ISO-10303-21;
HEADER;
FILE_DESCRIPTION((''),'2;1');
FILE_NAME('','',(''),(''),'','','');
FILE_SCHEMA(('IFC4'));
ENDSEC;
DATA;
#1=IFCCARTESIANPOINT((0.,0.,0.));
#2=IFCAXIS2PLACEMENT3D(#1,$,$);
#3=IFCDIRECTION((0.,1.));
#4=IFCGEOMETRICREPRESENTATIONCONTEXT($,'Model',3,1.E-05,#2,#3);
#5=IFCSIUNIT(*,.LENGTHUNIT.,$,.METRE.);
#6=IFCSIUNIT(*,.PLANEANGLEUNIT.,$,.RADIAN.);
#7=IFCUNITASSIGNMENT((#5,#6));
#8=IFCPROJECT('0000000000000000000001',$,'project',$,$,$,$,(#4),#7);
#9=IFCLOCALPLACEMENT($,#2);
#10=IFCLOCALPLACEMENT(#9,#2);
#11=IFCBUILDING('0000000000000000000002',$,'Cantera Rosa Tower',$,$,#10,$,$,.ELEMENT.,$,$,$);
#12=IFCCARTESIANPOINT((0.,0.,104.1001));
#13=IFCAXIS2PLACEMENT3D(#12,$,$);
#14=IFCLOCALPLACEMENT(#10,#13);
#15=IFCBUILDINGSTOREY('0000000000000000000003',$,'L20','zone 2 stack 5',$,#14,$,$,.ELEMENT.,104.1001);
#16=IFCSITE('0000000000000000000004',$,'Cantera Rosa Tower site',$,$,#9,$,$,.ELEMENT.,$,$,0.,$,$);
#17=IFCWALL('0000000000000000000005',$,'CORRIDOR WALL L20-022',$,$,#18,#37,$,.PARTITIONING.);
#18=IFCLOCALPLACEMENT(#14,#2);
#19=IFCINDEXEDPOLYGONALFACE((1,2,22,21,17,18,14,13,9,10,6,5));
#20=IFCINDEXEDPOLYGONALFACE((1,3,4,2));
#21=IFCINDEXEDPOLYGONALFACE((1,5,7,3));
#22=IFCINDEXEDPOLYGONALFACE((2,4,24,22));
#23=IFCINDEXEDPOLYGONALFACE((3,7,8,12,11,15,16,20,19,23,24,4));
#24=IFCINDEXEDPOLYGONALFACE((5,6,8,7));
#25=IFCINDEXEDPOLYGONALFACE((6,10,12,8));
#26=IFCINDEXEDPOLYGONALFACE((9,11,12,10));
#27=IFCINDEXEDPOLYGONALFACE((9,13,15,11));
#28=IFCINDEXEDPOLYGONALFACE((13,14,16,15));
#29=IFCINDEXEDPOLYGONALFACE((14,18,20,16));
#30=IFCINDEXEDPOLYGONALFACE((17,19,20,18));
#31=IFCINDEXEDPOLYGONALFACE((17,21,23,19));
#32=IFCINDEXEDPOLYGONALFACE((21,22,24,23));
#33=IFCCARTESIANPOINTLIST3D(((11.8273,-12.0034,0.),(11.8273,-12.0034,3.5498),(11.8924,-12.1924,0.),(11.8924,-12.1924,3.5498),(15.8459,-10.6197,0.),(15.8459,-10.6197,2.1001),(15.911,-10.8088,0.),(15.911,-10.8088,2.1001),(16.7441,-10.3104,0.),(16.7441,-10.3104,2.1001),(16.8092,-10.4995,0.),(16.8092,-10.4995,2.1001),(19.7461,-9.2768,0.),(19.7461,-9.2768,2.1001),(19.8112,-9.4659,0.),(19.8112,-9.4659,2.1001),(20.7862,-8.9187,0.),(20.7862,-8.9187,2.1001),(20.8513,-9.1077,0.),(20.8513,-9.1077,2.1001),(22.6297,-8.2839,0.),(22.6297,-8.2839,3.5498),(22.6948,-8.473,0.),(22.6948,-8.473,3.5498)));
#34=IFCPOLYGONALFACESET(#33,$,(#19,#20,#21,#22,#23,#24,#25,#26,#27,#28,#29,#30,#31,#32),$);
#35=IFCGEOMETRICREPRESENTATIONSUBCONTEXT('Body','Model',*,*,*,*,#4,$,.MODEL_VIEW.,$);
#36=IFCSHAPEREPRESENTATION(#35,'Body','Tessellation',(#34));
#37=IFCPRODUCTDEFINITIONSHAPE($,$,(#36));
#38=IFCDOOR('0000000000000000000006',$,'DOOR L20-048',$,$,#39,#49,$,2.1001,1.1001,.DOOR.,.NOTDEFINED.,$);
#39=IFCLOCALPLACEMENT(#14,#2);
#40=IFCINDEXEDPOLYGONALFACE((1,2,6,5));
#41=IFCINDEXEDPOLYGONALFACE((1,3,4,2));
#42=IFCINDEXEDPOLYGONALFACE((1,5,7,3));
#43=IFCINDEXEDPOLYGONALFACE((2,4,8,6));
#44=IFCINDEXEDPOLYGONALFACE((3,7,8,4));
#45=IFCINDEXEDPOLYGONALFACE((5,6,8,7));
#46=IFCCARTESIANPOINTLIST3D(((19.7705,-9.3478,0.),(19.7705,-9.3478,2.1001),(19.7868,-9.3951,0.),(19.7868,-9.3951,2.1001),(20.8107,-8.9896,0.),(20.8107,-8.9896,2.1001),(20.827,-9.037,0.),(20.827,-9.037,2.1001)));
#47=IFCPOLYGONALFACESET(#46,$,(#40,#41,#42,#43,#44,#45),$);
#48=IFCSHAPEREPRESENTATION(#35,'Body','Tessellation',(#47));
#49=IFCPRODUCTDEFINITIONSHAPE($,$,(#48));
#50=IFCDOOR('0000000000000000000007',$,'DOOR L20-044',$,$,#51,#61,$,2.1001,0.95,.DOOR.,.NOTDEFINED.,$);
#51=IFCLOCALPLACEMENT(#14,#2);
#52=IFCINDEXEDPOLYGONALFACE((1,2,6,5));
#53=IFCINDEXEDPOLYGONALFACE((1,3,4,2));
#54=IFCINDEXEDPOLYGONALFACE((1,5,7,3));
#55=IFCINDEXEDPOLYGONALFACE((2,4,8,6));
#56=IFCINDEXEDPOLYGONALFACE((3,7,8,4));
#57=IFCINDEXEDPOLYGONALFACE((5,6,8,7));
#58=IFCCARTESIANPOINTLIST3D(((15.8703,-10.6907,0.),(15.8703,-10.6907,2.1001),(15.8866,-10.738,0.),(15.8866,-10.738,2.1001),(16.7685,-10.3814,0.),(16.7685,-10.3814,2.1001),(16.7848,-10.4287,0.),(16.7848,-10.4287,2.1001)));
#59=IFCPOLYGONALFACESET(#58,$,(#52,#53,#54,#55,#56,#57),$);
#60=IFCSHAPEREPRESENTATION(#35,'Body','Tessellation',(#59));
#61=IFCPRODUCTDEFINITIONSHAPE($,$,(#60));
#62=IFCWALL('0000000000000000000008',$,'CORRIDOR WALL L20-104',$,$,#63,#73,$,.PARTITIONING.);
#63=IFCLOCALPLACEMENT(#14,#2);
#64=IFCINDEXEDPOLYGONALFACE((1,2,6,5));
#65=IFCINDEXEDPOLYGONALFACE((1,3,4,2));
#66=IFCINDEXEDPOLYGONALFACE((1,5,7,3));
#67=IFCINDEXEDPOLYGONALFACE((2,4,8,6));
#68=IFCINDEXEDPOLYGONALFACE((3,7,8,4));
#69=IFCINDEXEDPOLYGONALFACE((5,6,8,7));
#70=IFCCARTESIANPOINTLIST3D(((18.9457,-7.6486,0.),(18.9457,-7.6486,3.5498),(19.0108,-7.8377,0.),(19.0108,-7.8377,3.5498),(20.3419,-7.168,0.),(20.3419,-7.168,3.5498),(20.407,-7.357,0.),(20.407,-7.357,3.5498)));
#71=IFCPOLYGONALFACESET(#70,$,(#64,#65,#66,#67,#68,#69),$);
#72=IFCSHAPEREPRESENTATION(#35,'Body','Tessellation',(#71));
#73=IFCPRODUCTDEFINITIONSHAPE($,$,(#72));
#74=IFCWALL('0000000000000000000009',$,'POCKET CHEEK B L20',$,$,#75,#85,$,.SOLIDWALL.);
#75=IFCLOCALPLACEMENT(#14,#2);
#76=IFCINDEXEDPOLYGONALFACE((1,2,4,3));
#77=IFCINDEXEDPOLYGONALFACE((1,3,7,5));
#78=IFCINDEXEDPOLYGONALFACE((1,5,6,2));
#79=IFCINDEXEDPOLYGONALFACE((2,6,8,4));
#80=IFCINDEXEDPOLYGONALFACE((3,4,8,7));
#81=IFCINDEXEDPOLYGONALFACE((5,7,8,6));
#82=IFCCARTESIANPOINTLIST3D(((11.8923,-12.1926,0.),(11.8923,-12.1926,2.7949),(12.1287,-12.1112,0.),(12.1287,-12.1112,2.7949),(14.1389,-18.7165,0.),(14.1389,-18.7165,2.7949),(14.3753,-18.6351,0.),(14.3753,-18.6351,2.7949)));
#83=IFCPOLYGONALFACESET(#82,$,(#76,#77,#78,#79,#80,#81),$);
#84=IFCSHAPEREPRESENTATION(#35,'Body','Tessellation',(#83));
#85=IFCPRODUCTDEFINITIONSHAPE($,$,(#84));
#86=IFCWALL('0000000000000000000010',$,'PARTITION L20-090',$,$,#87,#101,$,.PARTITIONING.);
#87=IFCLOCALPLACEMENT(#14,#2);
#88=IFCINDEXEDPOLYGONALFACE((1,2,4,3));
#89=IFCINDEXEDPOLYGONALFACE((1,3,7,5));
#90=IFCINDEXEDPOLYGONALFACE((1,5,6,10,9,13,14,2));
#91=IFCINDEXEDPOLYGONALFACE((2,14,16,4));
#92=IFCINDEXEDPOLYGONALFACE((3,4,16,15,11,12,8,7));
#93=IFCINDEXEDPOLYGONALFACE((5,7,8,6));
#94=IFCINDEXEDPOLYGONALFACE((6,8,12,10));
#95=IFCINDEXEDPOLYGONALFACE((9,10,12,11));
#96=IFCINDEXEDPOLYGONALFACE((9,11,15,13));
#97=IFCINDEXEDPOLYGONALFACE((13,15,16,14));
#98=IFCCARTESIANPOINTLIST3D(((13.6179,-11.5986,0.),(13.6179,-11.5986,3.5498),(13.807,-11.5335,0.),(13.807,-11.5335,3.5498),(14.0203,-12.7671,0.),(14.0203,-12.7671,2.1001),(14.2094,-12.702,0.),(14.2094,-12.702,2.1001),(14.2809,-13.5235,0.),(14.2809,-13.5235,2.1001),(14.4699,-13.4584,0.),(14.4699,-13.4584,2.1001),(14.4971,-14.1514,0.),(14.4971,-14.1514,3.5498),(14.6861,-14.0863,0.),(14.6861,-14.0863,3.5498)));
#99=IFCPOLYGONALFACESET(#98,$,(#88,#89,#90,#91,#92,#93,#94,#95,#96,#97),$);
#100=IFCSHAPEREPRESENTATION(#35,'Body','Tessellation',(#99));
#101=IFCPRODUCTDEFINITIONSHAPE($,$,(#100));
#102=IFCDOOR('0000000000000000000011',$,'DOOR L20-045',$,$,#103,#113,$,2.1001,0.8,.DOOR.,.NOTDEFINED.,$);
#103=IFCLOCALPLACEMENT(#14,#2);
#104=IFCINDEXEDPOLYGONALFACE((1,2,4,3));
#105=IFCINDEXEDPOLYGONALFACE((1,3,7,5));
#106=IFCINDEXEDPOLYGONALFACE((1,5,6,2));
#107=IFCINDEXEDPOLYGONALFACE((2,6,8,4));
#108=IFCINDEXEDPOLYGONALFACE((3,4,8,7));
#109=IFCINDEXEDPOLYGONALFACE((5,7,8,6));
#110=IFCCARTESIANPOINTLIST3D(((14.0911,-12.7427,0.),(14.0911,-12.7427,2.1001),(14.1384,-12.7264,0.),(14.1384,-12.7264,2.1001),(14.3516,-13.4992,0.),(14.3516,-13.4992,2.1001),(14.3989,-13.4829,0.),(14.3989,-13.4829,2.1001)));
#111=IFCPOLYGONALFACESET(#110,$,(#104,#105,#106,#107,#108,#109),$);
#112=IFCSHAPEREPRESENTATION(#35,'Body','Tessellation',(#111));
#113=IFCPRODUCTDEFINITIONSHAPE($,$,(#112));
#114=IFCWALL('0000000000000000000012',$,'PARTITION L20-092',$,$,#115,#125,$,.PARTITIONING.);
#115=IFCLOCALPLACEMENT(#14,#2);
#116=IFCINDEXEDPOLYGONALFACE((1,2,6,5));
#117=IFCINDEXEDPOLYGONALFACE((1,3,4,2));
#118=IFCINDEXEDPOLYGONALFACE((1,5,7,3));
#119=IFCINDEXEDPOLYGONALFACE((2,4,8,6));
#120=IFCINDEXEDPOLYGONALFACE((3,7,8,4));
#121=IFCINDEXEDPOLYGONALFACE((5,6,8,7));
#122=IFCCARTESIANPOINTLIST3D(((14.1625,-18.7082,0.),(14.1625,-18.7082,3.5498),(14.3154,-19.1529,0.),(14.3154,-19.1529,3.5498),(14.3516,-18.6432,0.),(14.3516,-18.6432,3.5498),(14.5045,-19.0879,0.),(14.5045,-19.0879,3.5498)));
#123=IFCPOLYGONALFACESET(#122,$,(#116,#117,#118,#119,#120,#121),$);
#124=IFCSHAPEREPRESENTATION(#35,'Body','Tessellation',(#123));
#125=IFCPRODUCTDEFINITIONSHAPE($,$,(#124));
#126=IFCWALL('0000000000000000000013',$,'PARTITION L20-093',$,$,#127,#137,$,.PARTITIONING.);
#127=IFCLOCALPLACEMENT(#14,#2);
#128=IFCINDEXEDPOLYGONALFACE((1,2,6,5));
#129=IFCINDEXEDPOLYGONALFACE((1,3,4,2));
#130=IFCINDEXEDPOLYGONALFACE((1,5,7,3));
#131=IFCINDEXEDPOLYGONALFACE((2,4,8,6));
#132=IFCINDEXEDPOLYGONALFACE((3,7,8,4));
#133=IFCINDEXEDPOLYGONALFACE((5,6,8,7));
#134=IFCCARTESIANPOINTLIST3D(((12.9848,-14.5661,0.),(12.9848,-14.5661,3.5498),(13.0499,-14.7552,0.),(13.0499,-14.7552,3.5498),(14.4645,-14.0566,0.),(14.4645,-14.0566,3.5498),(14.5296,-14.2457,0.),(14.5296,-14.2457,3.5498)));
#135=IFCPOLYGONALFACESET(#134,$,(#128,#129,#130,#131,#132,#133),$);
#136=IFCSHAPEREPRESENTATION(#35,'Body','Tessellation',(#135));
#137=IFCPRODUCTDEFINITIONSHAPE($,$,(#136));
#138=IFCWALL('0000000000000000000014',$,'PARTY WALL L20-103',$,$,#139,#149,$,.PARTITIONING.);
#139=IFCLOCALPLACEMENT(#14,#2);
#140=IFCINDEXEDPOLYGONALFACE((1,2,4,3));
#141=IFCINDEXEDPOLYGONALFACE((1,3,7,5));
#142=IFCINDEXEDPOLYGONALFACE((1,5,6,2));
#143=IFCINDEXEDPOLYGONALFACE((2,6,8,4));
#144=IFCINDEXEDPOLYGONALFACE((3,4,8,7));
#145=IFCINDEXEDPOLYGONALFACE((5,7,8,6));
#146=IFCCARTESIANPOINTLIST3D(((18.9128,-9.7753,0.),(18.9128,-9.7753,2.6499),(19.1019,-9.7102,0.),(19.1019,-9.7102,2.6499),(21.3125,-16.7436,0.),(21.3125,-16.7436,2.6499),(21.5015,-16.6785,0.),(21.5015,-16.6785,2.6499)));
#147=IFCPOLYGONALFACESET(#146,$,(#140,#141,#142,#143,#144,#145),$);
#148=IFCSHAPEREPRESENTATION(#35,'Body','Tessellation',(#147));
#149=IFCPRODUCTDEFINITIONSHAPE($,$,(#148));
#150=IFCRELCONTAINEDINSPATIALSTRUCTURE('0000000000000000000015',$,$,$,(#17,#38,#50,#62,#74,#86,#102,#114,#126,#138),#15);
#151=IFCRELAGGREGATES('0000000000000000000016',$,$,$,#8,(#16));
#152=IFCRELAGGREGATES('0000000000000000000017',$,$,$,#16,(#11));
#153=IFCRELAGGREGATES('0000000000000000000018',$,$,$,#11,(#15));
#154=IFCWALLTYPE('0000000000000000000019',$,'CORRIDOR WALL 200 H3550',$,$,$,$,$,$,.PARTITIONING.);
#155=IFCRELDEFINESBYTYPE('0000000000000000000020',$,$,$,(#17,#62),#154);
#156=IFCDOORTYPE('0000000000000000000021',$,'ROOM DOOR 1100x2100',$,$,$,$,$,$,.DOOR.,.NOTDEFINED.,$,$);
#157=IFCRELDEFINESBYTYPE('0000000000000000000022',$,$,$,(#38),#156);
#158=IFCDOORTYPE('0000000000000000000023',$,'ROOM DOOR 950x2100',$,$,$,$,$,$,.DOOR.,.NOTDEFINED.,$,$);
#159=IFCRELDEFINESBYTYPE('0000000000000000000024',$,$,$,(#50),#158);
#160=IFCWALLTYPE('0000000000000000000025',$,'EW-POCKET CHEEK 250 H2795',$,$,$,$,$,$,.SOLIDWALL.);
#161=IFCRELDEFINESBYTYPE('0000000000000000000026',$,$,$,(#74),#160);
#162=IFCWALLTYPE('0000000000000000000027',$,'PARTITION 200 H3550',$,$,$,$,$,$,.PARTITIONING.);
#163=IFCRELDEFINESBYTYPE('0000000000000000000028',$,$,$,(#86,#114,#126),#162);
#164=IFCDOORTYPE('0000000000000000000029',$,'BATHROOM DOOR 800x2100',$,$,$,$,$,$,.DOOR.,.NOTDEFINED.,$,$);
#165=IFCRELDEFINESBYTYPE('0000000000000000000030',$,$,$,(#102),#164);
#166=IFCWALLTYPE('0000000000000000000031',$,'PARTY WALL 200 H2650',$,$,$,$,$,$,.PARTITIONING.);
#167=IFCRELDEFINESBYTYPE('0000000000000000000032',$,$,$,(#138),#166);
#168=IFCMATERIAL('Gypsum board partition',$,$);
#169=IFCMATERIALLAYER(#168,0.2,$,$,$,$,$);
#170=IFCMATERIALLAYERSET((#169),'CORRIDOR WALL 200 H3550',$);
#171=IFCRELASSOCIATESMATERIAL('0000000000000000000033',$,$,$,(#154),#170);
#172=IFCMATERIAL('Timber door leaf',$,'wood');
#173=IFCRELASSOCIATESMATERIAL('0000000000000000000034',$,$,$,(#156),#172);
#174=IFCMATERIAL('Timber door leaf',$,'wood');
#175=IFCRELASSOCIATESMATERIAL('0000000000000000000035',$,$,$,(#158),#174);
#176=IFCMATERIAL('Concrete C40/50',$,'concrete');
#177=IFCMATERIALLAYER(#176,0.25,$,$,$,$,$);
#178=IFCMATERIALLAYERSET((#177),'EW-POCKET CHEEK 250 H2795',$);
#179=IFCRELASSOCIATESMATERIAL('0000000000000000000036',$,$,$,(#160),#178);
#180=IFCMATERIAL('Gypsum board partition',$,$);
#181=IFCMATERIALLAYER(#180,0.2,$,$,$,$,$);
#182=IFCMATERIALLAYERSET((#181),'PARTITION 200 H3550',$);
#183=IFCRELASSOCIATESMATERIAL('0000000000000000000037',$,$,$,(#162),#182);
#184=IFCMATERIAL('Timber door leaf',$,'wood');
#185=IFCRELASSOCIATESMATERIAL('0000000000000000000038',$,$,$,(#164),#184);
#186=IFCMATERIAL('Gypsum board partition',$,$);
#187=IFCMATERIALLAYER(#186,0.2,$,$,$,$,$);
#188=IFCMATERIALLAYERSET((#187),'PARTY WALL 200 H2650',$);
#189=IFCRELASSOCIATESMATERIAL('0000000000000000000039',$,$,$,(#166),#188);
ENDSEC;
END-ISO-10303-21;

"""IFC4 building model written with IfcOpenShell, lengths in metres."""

from ifc_helpers import new_model, si_unit, direction, frame, frame_2d, origin, place, context, subcontext, project, spatial, rectangle, extrude, material, layer, layer_set, type_object, element, fill, save


model = new_model("IFC4")

# Units and contexts
model_context = context("Model", 3, precision=1e-05, world=origin(), true_north=direction((0.0, 1.0)))
body_context = subcontext(model_context, "Body", "Model", "MODEL_VIEW")
ifc_project = project(units=[si_unit("LENGTHUNIT", "METRE"), si_unit("PLANEANGLEUNIT", "RADIAN")], contexts=[model_context])

# Site, building, storey
site_placement = place(None, origin())
site = spatial("IfcSite", under=ifc_project, at=site_placement, Name="Cantera Rosa Tower site", CompositionType="ELEMENT", RefElevation=0.0)
building_placement = place(site_placement, origin())
building = spatial("IfcBuilding", under=site, at=building_placement, Name="Cantera Rosa Tower", CompositionType="ELEMENT")
storey_placement = place(building_placement, frame((0.0, 0.0, 104.1001)))
storey = spatial("IfcBuildingStorey", under=building, at=storey_placement, Name="L20", Description="zone 2 stack 5", CompositionType="ELEMENT", Elevation=104.1001)

# Wall, openings, doors
ifc_material_1 = material(Name="Gypsum board partition")
ifc_layer_1 = layer(ifc_material_1, 0.2)
ifc_layer_set_1 = layer_set([ifc_layer_1], Name="CORRIDOR WALL 200 H3550")
wall_type_1 = type_object("IfcWallType", Name="CORRIDOR WALL 200 H3550", PredefinedType="PARTITIONING", material=ifc_layer_set_1)
wall_1_placement = place(storey_placement, frame((11.8599, -12.0979, 0.0), z_axis=(0.0, 0.0, 1.0), x_axis=(0.945522, 0.325559, 0.0)))
wall_1 = element("IfcWall", 1, at=wall_1_placement, inside=storey, type_object=wall_type_1, Name="CORRIDOR WALL L20-022", PredefinedType="PARTITIONING", context=body_context, shape_type="SweptSolid", body=[
    extrude(rectangle(XDim=11.4248, YDim=0.2, at=frame_2d((5.7124, 0.0))), origin(), (0.0, 0.0, 1.0), 3.5498),
])
opening_1_placement = place(wall_1_placement, frame((4.25, 0.0, 0.0)))
opening_1 = element("IfcOpeningElement", 2, at=opening_1_placement, cuts=wall_1, PredefinedType="OPENING", context=body_context, shape_type="SweptSolid", body=[
    extrude(rectangle(XDim=0.95, YDim=2.1001, at=frame_2d((0.4751, 1.05))), frame((0.0, 0.1099, 0.0), z_axis=(0.0, -1.0, 0.0), x_axis=(1.0, 0.0, 0.0)), (0.0, 0.0, 1.0), 0.22),
])
opening_2_placement = place(wall_1_placement, frame((8.375, 0.0, 0.0)))
opening_2 = element("IfcOpeningElement", 3, at=opening_2_placement, cuts=wall_1, PredefinedType="OPENING", context=body_context, shape_type="SweptSolid", body=[
    extrude(rectangle(XDim=1.1001, YDim=2.1001, at=frame_2d((0.55, 1.05))), frame((0.0, 0.1099, 0.0), z_axis=(0.0, -1.0, 0.0), x_axis=(1.0, 0.0, 0.0)), (0.0, 0.0, 1.0), 0.22),
])
ifc_material_2 = material(Name="Timber door leaf", Category="wood")
door_type_1 = type_object("IfcDoorType", Name="ROOM DOOR 1100x2100", OperationType="NOTDEFINED", PredefinedType="DOOR", material=ifc_material_2)
door_1_placement = place(opening_2_placement, origin())
door_1 = element("IfcDoor", 4, at=door_1_placement, inside=storey, type_object=door_type_1, Name="DOOR L20-048", OperationType="NOTDEFINED", OverallHeight=2.1001, OverallWidth=1.1001, PredefinedType="DOOR", context=body_context, shape_type="SweptSolid", body=[
    extrude(rectangle(XDim=1.1001, YDim=2.1001, at=frame_2d((0.55, 1.05))), frame((0.0, 0.0249, 0.0), z_axis=(0.0, -1.0, 0.0), x_axis=(1.0, 0.0, 0.0)), (0.0, 0.0, 1.0), 0.05),
])
fill(opening_2, door_1)
ifc_material_3 = material(Name="Timber door leaf", Category="wood")
door_type_2 = type_object("IfcDoorType", Name="ROOM DOOR 950x2100", OperationType="NOTDEFINED", PredefinedType="DOOR", material=ifc_material_3)
door_2_placement = place(opening_1_placement, origin())
door_2 = element("IfcDoor", 5, at=door_2_placement, inside=storey, type_object=door_type_2, Name="DOOR L20-044", OperationType="NOTDEFINED", OverallHeight=2.1001, OverallWidth=0.95, PredefinedType="DOOR", context=body_context, shape_type="SweptSolid", body=[
    extrude(rectangle(XDim=0.95, YDim=2.1001, at=frame_2d((0.4751, 1.05))), frame((0.0, 0.0249, 0.0), z_axis=(0.0, -1.0, 0.0), x_axis=(1.0, 0.0, 0.0)), (0.0, 0.0, 1.0), 0.05),
])
fill(opening_1, door_2)

# Wall
wall_2_placement = place(storey_placement, frame((18.9783, -7.7432, 0.0), z_axis=(0.0, 0.0, 1.0), x_axis=(0.945529, 0.325537, 0.0)))
element("IfcWall", 6, at=wall_2_placement, inside=storey, type_object=wall_type_1, Name="CORRIDOR WALL L20-104", PredefinedType="PARTITIONING", context=body_context, shape_type="SweptSolid", body=[
    extrude(rectangle(XDim=1.4766, YDim=0.2, at=frame_2d((0.7383, 0.0))), origin(), (0.0, 0.0, 1.0), 3.5498),
])

# Wall
ifc_material_4 = material(Name="Concrete C40/50", Category="concrete")
ifc_layer_2 = layer(ifc_material_4, 0.25)
ifc_layer_set_2 = layer_set([ifc_layer_2], Name="EW-POCKET CHEEK 250 H2795")
wall_type_2 = type_object("IfcWallType", Name="EW-POCKET CHEEK 250 H2795", PredefinedType="SOLIDWALL", material=ifc_layer_set_2)
wall_3_placement = place(storey_placement, frame((14.2571, -18.6758, 0.0), z_axis=(0.0, 0.0, 1.0), x_axis=(-0.325596, 0.945509, 0.0)))
element("IfcWall", 7, at=wall_3_placement, inside=storey, type_object=wall_type_2, Name="POCKET CHEEK B L20", PredefinedType="SOLIDWALL", context=body_context, shape_type="SweptSolid", body=[
    extrude(rectangle(XDim=6.8999, YDim=0.25, at=frame_2d((3.45, 0.0))), origin(), (0.0, 0.0, 1.0), 2.7949),
])

# Wall, opening, door
ifc_material_5 = material(Name="Gypsum board partition")
ifc_layer_3 = layer(ifc_material_5, 0.2)
ifc_layer_set_3 = layer_set([ifc_layer_3], Name="PARTITION 200 H3550")
wall_type_3 = type_object("IfcWallType", Name="PARTITION 200 H3550", PredefinedType="PARTITIONING", material=ifc_layer_set_3)
wall_4_placement = place(storey_placement, frame((13.7124, -11.5659, 0.0), z_axis=(0.0, 0.0, 1.0), x_axis=(0.325626, -0.945499, 0.0)))
wall_4 = element("IfcWall", 8, at=wall_4_placement, inside=storey, type_object=wall_type_3, Name="PARTITION L20-090", PredefinedType="PARTITIONING", context=body_context, shape_type="SweptSolid", body=[
    extrude(rectangle(XDim=2.7, YDim=0.2, at=frame_2d((1.3501, 0.0))), origin(), (0.0, 0.0, 1.0), 3.5498),
])
opening_3_placement = place(wall_4_placement, frame((1.2361, 0.0, 0.0)))
opening_3 = element("IfcOpeningElement", 9, at=opening_3_placement, cuts=wall_4, PredefinedType="OPENING", context=body_context, shape_type="SweptSolid", body=[
    extrude(rectangle(XDim=0.8, YDim=2.1001, at=frame_2d((0.3999, 1.05))), frame((0.0, 0.1099, 0.0), z_axis=(0.0, -1.0, 0.0), x_axis=(1.0, 0.0, 0.0)), (0.0, 0.0, 1.0), 0.22),
])
ifc_material_6 = material(Name="Timber door leaf", Category="wood")
door_type_3 = type_object("IfcDoorType", Name="BATHROOM DOOR 800x2100", OperationType="NOTDEFINED", PredefinedType="DOOR", material=ifc_material_6)
door_3_placement = place(opening_3_placement, origin())
door_3 = element("IfcDoor", 10, at=door_3_placement, inside=storey, type_object=door_type_3, Name="DOOR L20-045", OperationType="NOTDEFINED", OverallHeight=2.1001, OverallWidth=0.8, PredefinedType="DOOR", context=body_context, shape_type="SweptSolid", body=[
    extrude(rectangle(XDim=0.8, YDim=2.1001, at=frame_2d((0.3999, 1.05))), frame((0.0, 0.0249, 0.0), z_axis=(0.0, -1.0, 0.0), x_axis=(1.0, 0.0, 0.0)), (0.0, 0.0, 1.0), 0.05),
])
fill(opening_3, door_3)

# Walls
wall_5_placement = place(storey_placement, frame((14.4099, -19.1204, 0.0), z_axis=(0.0, 0.0, 1.0), x_axis=(-0.325094, 0.945682, 0.0)))
element("IfcWall", 11, at=wall_5_placement, inside=storey, type_object=wall_type_3, Name="PARTITION L20-092", PredefinedType="PARTITIONING", context=body_context, shape_type="SweptSolid", body=[
    extrude(rectangle(XDim=0.4702, YDim=0.2, at=frame_2d((0.2351, 0.0))), origin(), (0.0, 0.0, 1.0), 3.5498),
])
wall_6_placement = place(storey_placement, frame((14.4971, -14.1511, 0.0), z_axis=(0.0, 0.0, 1.0), x_axis=(-0.945517, -0.325572, 0.0)))
element("IfcWall", 12, at=wall_6_placement, inside=storey, type_object=wall_type_3, Name="PARTITION L20-093", PredefinedType="PARTITIONING", context=body_context, shape_type="SweptSolid", body=[
    extrude(rectangle(XDim=1.5649, YDim=0.2, at=frame_2d((0.7825, 0.0))), origin(), (0.0, 0.0, 1.0), 3.5498),
])
ifc_material_7 = material(Name="Gypsum board partition")
ifc_layer_4 = layer(ifc_material_7, 0.2)
ifc_layer_set_4 = layer_set([ifc_layer_4], Name="PARTY WALL 200 H2650")
wall_type_4 = type_object("IfcWallType", Name="PARTY WALL 200 H2650", PredefinedType="PARTITIONING", material=ifc_layer_set_4)
wall_7_placement = place(storey_placement, frame((19.0073, -9.7427, 0.0), z_axis=(0.0, 0.0, 1.0), x_axis=(0.325604, -0.945506, 0.0)))
element("IfcWall", 13, at=wall_7_placement, inside=storey, type_object=wall_type_4, Name="PARTY WALL L20-103", PredefinedType="PARTITIONING", context=body_context, shape_type="SweptSolid", body=[
    extrude(rectangle(XDim=7.3699, YDim=0.2, at=frame_2d((3.6851, 0.0))), origin(), (0.0, 0.0, 1.0), 2.6499),
])

save(model, "model.ifc")
